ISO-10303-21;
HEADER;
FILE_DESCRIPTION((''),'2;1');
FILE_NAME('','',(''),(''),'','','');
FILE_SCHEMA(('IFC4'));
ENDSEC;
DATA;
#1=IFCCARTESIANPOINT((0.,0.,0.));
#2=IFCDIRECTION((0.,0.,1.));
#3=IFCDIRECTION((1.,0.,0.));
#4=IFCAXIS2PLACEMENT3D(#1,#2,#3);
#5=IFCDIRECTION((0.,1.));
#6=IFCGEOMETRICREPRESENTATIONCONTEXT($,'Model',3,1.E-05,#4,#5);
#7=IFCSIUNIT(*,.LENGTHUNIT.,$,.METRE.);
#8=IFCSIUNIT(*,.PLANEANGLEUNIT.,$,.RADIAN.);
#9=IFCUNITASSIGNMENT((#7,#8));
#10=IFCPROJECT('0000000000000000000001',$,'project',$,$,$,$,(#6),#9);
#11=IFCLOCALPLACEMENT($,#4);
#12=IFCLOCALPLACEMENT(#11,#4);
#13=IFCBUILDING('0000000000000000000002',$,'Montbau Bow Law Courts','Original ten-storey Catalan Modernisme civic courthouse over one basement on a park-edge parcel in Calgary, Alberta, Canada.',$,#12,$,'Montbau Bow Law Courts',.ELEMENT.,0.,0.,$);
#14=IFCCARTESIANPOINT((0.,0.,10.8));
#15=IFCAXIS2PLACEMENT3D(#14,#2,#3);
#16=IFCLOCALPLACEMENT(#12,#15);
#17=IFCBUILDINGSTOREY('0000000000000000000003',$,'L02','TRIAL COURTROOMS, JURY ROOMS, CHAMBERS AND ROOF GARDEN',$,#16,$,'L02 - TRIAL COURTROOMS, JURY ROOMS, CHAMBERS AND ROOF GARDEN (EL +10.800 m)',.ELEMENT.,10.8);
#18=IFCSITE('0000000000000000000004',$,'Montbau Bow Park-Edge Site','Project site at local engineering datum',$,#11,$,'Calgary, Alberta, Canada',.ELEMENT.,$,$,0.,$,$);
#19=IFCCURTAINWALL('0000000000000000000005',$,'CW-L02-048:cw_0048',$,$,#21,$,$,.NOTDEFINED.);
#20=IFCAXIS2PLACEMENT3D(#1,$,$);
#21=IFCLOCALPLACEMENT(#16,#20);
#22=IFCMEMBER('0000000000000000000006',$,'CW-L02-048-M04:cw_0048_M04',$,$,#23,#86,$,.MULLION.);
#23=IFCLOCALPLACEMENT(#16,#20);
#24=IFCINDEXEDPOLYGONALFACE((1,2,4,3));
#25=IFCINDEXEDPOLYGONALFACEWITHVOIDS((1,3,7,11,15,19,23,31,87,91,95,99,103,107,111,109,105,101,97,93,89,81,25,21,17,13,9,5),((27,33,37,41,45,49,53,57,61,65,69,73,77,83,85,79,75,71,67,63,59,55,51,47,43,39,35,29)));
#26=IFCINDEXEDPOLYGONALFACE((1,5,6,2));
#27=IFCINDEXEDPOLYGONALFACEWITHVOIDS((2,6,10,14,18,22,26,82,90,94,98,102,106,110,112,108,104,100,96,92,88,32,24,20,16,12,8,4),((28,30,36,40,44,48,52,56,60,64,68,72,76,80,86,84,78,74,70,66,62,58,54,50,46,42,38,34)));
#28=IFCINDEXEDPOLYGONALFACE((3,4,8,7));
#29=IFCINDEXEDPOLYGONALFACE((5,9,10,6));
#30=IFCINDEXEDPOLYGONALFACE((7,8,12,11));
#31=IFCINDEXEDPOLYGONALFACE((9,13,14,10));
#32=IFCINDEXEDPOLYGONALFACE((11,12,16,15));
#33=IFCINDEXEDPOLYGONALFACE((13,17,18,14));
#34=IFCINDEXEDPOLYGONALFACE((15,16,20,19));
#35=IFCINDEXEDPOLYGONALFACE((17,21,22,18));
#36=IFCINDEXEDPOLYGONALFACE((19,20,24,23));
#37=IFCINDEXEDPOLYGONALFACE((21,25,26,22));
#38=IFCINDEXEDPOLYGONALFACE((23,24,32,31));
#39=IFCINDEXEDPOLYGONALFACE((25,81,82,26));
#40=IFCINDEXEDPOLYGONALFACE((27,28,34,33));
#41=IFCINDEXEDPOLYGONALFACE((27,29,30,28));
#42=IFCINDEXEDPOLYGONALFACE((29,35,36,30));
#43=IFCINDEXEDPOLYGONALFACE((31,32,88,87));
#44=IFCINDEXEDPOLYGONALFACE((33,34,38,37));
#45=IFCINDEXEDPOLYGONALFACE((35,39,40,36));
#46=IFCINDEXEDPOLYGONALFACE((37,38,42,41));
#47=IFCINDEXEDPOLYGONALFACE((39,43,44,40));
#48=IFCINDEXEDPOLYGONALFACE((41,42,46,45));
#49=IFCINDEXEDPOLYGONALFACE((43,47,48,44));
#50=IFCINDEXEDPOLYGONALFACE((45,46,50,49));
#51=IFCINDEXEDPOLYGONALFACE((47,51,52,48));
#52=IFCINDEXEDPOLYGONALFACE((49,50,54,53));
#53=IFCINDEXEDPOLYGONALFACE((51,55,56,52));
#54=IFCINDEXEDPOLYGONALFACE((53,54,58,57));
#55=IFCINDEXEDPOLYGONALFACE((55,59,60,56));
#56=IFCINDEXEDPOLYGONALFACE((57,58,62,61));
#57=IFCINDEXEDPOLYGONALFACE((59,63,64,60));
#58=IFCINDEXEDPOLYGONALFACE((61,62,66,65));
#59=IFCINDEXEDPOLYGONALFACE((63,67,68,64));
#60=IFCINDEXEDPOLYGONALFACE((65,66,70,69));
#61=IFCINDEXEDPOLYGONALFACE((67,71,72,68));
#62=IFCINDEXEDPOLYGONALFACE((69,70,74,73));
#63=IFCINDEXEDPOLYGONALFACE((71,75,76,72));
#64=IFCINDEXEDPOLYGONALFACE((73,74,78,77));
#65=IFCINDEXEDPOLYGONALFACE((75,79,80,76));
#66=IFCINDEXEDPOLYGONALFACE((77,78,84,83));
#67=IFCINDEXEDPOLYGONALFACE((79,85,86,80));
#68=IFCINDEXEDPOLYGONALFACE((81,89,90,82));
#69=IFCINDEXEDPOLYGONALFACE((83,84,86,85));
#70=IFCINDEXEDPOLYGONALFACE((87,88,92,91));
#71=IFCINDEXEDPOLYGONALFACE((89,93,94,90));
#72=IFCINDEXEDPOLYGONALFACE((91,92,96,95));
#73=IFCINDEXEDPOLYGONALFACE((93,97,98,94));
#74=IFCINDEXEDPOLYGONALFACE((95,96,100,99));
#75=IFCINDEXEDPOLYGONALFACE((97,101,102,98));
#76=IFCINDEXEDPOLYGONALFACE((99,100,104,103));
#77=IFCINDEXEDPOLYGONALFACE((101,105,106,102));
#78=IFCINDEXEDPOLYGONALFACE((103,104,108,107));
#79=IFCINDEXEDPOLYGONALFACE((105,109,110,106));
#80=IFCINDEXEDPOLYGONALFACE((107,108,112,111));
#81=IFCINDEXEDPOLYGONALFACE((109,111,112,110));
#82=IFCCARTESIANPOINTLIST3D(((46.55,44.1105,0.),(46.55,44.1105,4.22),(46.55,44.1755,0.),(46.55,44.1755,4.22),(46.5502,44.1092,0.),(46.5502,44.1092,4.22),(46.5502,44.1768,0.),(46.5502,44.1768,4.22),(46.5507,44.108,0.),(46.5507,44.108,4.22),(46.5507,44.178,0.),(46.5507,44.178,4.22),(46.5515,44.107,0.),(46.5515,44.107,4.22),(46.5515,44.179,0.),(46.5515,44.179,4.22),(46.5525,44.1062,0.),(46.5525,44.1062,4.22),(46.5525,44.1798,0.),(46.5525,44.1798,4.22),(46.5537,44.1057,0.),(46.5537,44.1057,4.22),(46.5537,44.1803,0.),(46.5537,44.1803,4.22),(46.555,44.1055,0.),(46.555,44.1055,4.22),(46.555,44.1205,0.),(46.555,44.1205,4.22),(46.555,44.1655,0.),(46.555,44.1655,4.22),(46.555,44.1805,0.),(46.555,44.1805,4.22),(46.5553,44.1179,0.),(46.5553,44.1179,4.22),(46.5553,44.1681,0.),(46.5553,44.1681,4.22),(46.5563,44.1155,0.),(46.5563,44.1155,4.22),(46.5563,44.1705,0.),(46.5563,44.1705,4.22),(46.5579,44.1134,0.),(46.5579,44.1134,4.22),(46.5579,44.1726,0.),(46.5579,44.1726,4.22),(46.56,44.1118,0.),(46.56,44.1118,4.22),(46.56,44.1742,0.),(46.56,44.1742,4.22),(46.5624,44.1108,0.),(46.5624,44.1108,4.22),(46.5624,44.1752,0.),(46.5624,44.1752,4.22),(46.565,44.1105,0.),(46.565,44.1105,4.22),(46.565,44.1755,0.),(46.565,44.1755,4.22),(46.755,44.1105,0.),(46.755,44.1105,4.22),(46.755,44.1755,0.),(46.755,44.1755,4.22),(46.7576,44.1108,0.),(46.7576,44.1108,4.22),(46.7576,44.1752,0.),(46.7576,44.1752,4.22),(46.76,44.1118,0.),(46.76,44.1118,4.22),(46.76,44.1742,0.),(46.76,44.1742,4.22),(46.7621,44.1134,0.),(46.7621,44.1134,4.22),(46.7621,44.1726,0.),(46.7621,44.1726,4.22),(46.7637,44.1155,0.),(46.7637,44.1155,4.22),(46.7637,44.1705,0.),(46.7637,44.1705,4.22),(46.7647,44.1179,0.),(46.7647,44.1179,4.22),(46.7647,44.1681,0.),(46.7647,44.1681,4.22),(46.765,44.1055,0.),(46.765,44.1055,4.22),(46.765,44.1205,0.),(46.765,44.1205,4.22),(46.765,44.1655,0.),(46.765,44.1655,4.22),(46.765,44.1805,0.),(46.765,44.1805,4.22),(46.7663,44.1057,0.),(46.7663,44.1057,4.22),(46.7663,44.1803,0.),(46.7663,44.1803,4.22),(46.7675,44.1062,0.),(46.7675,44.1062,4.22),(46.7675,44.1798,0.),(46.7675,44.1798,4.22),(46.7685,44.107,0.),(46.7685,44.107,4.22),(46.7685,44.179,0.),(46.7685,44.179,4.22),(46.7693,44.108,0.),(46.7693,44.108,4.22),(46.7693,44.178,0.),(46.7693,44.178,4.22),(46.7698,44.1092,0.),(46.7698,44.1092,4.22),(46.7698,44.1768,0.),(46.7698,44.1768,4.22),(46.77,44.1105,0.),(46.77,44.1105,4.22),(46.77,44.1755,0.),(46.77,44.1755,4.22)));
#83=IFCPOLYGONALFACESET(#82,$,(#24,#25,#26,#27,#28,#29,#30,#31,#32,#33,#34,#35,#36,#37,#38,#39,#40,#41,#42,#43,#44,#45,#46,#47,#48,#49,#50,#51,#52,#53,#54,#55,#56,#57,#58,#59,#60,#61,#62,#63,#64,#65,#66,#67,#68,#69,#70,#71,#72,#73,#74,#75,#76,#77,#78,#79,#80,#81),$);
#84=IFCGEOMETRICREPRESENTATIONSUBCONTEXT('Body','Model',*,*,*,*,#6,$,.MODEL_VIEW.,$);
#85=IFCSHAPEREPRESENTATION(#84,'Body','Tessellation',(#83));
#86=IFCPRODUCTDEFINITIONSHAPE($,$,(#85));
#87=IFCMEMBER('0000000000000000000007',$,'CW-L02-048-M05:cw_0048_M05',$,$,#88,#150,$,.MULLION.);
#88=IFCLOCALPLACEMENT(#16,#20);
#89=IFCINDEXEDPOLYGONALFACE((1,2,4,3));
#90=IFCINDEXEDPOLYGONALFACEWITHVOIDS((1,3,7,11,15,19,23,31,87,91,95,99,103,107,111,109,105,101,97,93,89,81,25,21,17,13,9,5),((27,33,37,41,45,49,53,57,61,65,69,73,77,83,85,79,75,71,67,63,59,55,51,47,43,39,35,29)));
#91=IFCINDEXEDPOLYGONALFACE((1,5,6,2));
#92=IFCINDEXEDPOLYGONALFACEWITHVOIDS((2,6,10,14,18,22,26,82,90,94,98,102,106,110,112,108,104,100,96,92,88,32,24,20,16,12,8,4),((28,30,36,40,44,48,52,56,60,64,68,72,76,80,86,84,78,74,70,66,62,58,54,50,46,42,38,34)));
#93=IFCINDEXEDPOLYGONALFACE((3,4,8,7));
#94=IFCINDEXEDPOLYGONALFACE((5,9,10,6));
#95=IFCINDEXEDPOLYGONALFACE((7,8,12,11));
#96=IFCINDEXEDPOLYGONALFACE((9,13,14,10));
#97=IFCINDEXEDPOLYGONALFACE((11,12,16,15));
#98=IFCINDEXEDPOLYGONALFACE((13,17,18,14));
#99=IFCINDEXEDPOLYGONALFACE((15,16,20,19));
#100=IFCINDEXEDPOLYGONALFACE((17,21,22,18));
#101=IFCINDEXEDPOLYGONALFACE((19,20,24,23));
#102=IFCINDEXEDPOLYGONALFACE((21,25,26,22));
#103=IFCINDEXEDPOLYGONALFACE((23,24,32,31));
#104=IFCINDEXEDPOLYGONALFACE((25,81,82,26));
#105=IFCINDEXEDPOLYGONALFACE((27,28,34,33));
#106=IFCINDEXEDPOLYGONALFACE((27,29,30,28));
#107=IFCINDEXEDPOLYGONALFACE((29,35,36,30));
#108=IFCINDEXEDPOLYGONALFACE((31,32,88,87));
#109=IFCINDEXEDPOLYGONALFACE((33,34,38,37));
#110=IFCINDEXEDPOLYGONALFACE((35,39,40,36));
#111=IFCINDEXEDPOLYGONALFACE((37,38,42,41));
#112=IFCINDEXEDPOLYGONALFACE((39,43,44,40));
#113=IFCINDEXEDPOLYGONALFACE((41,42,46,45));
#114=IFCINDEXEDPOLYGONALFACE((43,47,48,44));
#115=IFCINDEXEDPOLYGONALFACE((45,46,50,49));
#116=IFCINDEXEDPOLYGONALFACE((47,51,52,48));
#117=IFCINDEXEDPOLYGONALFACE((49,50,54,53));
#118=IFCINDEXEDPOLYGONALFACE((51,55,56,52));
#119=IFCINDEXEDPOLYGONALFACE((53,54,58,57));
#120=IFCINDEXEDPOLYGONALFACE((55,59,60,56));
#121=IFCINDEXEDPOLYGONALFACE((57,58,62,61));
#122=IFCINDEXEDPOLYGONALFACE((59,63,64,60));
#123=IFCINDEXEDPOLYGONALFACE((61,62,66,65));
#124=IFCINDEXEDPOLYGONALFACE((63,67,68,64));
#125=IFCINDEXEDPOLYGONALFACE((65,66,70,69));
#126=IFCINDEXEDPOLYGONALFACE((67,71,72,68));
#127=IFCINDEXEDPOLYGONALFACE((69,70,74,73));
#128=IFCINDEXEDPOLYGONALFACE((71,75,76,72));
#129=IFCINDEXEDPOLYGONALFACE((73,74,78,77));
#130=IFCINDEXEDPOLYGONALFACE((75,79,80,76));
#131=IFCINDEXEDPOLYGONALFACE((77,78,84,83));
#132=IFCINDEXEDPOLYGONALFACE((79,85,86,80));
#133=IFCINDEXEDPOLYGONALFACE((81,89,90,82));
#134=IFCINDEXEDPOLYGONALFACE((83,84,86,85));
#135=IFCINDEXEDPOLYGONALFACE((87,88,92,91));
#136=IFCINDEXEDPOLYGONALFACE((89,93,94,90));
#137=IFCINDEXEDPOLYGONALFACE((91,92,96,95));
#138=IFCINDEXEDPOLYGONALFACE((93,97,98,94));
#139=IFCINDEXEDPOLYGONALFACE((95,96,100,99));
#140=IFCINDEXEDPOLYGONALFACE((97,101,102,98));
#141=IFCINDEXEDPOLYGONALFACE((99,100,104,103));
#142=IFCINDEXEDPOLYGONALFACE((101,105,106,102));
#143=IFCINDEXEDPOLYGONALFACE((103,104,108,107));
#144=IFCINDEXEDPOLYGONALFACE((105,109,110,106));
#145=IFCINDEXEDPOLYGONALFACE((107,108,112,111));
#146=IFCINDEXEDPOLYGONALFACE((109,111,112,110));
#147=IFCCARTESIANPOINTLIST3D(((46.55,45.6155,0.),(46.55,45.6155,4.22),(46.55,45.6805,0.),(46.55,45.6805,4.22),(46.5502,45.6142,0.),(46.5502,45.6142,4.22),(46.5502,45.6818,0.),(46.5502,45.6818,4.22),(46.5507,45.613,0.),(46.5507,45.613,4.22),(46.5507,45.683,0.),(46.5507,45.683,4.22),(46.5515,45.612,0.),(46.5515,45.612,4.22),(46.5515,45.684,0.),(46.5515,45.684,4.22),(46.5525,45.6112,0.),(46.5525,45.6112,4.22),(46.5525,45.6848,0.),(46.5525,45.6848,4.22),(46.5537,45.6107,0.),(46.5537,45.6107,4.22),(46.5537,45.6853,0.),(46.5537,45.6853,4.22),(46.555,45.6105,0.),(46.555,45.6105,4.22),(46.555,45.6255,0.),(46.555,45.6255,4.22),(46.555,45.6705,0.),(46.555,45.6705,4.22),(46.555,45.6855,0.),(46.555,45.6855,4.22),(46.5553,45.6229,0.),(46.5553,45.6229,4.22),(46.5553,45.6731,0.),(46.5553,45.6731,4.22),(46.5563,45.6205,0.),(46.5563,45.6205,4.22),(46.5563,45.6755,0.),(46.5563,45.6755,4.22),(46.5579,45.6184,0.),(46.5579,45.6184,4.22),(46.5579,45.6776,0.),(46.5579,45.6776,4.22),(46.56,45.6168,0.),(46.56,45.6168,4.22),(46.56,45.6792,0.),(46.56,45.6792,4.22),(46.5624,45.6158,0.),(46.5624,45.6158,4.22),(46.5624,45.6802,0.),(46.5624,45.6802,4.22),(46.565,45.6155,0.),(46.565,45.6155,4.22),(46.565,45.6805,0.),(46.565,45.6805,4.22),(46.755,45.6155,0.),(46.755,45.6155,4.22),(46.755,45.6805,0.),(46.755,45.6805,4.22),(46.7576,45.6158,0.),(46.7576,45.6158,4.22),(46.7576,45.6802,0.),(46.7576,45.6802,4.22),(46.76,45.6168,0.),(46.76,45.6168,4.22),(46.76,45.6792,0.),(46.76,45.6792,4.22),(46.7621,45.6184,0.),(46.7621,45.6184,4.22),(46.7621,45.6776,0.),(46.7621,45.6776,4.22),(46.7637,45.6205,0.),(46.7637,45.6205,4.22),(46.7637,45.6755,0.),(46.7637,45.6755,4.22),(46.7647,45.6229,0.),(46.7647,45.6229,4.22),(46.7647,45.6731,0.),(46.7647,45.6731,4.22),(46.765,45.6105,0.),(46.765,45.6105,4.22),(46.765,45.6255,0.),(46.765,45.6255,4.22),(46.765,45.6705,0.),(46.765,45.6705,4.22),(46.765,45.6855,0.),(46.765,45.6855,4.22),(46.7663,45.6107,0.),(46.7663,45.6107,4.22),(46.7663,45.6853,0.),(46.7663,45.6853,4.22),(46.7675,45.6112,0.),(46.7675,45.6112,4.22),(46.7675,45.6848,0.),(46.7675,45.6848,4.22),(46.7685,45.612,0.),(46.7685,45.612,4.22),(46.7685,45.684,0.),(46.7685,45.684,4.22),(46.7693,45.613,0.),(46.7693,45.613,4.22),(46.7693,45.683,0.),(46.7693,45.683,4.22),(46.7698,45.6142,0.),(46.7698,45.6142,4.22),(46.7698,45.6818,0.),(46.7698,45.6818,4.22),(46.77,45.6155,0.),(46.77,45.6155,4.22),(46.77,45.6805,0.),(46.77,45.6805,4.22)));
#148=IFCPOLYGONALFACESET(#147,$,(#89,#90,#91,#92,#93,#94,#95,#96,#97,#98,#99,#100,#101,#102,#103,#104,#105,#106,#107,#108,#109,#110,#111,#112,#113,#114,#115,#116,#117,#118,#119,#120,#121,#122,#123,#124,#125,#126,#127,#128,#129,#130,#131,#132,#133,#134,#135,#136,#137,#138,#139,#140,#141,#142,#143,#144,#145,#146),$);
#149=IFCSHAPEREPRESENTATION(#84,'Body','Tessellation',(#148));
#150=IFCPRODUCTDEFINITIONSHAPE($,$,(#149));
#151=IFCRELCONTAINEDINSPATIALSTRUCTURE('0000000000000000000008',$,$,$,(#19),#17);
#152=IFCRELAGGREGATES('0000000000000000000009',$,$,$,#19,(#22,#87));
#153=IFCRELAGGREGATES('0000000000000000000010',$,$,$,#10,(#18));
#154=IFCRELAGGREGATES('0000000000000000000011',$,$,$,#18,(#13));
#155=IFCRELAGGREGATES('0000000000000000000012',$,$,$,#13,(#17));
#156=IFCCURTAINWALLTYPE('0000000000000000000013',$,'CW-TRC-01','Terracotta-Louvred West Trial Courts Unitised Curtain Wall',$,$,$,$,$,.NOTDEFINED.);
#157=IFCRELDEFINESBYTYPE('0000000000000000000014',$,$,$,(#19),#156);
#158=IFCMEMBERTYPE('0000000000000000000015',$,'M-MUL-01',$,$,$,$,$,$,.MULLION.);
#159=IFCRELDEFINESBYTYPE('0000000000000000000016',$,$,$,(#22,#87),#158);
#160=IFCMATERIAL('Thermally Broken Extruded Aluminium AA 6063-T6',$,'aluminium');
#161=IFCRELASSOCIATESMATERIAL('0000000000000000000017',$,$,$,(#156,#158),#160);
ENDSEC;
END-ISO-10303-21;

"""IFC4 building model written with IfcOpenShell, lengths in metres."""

from ifc_helpers import new_model, si_unit, direction, frame, origin_with_axes, origin_2d_with_axis, place, context, subcontext, project, spatial, hollow_rectangle, extrude, material, material_profile, profile_set, type_object, element, aggregate, save


model = new_model("IFC4")

# Units and contexts
model_context = context("Model", 3, precision=1e-05, world=origin_with_axes(), true_north=direction((0.0, 1.0)))
body_context = subcontext(model_context, "Body", "Model", "MODEL_VIEW")
ifc_project = project(units=[si_unit("LENGTHUNIT", "METRE"), si_unit("PLANEANGLEUNIT", "RADIAN")], contexts=[model_context])

# Site, building, storey
site_placement = place(None, origin_with_axes())
site = spatial("IfcSite", under=ifc_project, at=site_placement, Name="Montbau Bow Park-Edge Site", Description="Project site at local engineering datum", LongName="Calgary, Alberta, Canada", CompositionType="ELEMENT", RefElevation=0.0)
building_placement = place(site_placement, origin_with_axes())
building = spatial("IfcBuilding", under=site, at=building_placement, Name="Montbau Bow Law Courts", Description="Original ten-storey Catalan Modernisme civic courthouse over one basement on a park-edge parcel in Calgary, Alberta, Canada.", LongName="Montbau Bow Law Courts", CompositionType="ELEMENT", ElevationOfRefHeight=0.0, ElevationOfTerrain=0.0)
storey_placement = place(building_placement, frame((0.0, 0.0, 10.8), z_axis=(0.0, 0.0, 1.0), x_axis=(1.0, 0.0, 0.0)))
storey = spatial("IfcBuildingStorey", under=building, at=storey_placement, Name="L02", Description="TRIAL COURTROOMS, JURY ROOMS, CHAMBERS AND ROOF GARDEN", LongName="L02 - TRIAL COURTROOMS, JURY ROOMS, CHAMBERS AND ROOF GARDEN (EL +10.800 m)", CompositionType="ELEMENT", Elevation=10.8)

# Curtain wall, members
ifc_material_1 = material(Name="Thermally Broken Extruded Aluminium AA 6063-T6", Category="aluminium")
curtain_wall_type = type_object("IfcCurtainWallType", Name="CW-TRC-01", Description="Terracotta-Louvred West Trial Courts Unitised Curtain Wall", PredefinedType="NOTDEFINED", material=ifc_material_1)
curtain_wall_1_placement = place(None, frame((46.66, 39.515, 10.8), z_axis=(0.0, 0.0, 1.0), x_axis=(1.0, 0.0, 0.0)))
curtain_wall_1 = element("IfcCurtainWall", 1, at=curtain_wall_1_placement, inside=storey, type_object=curtain_wall_type, Name="CW-L02-048:cw_0048", PredefinedType="NOTDEFINED")
ifc_material_profile_1 = material_profile(ifc_material_1, hollow_rectangle(XDim=0.075, YDim=0.22, WallThickness=0.005, InnerFilletRadius=0.01, OuterFilletRadius=0.005, at=origin_2d_with_axis()), Name="CWM-220X75", Category="Main", Priority=0)
ifc_profile_set_1 = profile_set([ifc_material_profile_1], Name="Thermally Broken Extruded Aluminium AA 6063-T6")
member_type_1 = type_object("IfcMemberType", Name="M-MUL-01", PredefinedType="MULLION", material=ifc_profile_set_1)
member_1_placement = place(None, frame((46.66, 44.143, 10.8), z_axis=(0.0, 0.0, 1.0), x_axis=(0.0, 1.0, 0.0)))
member_1 = element("IfcMember", 2, at=member_1_placement, type_object=member_type_1, Name="CW-L02-048-M04:cw_0048_M04", PredefinedType="MULLION", context=body_context, shape_type="SweptSolid", body=[
    extrude(hollow_rectangle(XDim=0.075, YDim=0.22, WallThickness=0.005, InnerFilletRadius=0.01, OuterFilletRadius=0.005, at=origin_2d_with_axis()), origin_with_axes(), (0.0, 0.0, 1.0), 4.22),
])
member_2_placement = place(None, frame((46.66, 45.648, 10.8), z_axis=(0.0, 0.0, 1.0), x_axis=(0.0, 1.0, 0.0)))
member_2 = element("IfcMember", 3, at=member_2_placement, type_object=member_type_1, Name="CW-L02-048-M05:cw_0048_M05", PredefinedType="MULLION", context=body_context, shape_type="SweptSolid", body=[
    extrude(hollow_rectangle(XDim=0.075, YDim=0.22, WallThickness=0.005, InnerFilletRadius=0.01, OuterFilletRadius=0.005, at=origin_2d_with_axis()), origin_with_axes(), (0.0, 0.0, 1.0), 4.22),
])

aggregate(curtain_wall_1, [member_1, member_2])

save(model, "model.ifc")
